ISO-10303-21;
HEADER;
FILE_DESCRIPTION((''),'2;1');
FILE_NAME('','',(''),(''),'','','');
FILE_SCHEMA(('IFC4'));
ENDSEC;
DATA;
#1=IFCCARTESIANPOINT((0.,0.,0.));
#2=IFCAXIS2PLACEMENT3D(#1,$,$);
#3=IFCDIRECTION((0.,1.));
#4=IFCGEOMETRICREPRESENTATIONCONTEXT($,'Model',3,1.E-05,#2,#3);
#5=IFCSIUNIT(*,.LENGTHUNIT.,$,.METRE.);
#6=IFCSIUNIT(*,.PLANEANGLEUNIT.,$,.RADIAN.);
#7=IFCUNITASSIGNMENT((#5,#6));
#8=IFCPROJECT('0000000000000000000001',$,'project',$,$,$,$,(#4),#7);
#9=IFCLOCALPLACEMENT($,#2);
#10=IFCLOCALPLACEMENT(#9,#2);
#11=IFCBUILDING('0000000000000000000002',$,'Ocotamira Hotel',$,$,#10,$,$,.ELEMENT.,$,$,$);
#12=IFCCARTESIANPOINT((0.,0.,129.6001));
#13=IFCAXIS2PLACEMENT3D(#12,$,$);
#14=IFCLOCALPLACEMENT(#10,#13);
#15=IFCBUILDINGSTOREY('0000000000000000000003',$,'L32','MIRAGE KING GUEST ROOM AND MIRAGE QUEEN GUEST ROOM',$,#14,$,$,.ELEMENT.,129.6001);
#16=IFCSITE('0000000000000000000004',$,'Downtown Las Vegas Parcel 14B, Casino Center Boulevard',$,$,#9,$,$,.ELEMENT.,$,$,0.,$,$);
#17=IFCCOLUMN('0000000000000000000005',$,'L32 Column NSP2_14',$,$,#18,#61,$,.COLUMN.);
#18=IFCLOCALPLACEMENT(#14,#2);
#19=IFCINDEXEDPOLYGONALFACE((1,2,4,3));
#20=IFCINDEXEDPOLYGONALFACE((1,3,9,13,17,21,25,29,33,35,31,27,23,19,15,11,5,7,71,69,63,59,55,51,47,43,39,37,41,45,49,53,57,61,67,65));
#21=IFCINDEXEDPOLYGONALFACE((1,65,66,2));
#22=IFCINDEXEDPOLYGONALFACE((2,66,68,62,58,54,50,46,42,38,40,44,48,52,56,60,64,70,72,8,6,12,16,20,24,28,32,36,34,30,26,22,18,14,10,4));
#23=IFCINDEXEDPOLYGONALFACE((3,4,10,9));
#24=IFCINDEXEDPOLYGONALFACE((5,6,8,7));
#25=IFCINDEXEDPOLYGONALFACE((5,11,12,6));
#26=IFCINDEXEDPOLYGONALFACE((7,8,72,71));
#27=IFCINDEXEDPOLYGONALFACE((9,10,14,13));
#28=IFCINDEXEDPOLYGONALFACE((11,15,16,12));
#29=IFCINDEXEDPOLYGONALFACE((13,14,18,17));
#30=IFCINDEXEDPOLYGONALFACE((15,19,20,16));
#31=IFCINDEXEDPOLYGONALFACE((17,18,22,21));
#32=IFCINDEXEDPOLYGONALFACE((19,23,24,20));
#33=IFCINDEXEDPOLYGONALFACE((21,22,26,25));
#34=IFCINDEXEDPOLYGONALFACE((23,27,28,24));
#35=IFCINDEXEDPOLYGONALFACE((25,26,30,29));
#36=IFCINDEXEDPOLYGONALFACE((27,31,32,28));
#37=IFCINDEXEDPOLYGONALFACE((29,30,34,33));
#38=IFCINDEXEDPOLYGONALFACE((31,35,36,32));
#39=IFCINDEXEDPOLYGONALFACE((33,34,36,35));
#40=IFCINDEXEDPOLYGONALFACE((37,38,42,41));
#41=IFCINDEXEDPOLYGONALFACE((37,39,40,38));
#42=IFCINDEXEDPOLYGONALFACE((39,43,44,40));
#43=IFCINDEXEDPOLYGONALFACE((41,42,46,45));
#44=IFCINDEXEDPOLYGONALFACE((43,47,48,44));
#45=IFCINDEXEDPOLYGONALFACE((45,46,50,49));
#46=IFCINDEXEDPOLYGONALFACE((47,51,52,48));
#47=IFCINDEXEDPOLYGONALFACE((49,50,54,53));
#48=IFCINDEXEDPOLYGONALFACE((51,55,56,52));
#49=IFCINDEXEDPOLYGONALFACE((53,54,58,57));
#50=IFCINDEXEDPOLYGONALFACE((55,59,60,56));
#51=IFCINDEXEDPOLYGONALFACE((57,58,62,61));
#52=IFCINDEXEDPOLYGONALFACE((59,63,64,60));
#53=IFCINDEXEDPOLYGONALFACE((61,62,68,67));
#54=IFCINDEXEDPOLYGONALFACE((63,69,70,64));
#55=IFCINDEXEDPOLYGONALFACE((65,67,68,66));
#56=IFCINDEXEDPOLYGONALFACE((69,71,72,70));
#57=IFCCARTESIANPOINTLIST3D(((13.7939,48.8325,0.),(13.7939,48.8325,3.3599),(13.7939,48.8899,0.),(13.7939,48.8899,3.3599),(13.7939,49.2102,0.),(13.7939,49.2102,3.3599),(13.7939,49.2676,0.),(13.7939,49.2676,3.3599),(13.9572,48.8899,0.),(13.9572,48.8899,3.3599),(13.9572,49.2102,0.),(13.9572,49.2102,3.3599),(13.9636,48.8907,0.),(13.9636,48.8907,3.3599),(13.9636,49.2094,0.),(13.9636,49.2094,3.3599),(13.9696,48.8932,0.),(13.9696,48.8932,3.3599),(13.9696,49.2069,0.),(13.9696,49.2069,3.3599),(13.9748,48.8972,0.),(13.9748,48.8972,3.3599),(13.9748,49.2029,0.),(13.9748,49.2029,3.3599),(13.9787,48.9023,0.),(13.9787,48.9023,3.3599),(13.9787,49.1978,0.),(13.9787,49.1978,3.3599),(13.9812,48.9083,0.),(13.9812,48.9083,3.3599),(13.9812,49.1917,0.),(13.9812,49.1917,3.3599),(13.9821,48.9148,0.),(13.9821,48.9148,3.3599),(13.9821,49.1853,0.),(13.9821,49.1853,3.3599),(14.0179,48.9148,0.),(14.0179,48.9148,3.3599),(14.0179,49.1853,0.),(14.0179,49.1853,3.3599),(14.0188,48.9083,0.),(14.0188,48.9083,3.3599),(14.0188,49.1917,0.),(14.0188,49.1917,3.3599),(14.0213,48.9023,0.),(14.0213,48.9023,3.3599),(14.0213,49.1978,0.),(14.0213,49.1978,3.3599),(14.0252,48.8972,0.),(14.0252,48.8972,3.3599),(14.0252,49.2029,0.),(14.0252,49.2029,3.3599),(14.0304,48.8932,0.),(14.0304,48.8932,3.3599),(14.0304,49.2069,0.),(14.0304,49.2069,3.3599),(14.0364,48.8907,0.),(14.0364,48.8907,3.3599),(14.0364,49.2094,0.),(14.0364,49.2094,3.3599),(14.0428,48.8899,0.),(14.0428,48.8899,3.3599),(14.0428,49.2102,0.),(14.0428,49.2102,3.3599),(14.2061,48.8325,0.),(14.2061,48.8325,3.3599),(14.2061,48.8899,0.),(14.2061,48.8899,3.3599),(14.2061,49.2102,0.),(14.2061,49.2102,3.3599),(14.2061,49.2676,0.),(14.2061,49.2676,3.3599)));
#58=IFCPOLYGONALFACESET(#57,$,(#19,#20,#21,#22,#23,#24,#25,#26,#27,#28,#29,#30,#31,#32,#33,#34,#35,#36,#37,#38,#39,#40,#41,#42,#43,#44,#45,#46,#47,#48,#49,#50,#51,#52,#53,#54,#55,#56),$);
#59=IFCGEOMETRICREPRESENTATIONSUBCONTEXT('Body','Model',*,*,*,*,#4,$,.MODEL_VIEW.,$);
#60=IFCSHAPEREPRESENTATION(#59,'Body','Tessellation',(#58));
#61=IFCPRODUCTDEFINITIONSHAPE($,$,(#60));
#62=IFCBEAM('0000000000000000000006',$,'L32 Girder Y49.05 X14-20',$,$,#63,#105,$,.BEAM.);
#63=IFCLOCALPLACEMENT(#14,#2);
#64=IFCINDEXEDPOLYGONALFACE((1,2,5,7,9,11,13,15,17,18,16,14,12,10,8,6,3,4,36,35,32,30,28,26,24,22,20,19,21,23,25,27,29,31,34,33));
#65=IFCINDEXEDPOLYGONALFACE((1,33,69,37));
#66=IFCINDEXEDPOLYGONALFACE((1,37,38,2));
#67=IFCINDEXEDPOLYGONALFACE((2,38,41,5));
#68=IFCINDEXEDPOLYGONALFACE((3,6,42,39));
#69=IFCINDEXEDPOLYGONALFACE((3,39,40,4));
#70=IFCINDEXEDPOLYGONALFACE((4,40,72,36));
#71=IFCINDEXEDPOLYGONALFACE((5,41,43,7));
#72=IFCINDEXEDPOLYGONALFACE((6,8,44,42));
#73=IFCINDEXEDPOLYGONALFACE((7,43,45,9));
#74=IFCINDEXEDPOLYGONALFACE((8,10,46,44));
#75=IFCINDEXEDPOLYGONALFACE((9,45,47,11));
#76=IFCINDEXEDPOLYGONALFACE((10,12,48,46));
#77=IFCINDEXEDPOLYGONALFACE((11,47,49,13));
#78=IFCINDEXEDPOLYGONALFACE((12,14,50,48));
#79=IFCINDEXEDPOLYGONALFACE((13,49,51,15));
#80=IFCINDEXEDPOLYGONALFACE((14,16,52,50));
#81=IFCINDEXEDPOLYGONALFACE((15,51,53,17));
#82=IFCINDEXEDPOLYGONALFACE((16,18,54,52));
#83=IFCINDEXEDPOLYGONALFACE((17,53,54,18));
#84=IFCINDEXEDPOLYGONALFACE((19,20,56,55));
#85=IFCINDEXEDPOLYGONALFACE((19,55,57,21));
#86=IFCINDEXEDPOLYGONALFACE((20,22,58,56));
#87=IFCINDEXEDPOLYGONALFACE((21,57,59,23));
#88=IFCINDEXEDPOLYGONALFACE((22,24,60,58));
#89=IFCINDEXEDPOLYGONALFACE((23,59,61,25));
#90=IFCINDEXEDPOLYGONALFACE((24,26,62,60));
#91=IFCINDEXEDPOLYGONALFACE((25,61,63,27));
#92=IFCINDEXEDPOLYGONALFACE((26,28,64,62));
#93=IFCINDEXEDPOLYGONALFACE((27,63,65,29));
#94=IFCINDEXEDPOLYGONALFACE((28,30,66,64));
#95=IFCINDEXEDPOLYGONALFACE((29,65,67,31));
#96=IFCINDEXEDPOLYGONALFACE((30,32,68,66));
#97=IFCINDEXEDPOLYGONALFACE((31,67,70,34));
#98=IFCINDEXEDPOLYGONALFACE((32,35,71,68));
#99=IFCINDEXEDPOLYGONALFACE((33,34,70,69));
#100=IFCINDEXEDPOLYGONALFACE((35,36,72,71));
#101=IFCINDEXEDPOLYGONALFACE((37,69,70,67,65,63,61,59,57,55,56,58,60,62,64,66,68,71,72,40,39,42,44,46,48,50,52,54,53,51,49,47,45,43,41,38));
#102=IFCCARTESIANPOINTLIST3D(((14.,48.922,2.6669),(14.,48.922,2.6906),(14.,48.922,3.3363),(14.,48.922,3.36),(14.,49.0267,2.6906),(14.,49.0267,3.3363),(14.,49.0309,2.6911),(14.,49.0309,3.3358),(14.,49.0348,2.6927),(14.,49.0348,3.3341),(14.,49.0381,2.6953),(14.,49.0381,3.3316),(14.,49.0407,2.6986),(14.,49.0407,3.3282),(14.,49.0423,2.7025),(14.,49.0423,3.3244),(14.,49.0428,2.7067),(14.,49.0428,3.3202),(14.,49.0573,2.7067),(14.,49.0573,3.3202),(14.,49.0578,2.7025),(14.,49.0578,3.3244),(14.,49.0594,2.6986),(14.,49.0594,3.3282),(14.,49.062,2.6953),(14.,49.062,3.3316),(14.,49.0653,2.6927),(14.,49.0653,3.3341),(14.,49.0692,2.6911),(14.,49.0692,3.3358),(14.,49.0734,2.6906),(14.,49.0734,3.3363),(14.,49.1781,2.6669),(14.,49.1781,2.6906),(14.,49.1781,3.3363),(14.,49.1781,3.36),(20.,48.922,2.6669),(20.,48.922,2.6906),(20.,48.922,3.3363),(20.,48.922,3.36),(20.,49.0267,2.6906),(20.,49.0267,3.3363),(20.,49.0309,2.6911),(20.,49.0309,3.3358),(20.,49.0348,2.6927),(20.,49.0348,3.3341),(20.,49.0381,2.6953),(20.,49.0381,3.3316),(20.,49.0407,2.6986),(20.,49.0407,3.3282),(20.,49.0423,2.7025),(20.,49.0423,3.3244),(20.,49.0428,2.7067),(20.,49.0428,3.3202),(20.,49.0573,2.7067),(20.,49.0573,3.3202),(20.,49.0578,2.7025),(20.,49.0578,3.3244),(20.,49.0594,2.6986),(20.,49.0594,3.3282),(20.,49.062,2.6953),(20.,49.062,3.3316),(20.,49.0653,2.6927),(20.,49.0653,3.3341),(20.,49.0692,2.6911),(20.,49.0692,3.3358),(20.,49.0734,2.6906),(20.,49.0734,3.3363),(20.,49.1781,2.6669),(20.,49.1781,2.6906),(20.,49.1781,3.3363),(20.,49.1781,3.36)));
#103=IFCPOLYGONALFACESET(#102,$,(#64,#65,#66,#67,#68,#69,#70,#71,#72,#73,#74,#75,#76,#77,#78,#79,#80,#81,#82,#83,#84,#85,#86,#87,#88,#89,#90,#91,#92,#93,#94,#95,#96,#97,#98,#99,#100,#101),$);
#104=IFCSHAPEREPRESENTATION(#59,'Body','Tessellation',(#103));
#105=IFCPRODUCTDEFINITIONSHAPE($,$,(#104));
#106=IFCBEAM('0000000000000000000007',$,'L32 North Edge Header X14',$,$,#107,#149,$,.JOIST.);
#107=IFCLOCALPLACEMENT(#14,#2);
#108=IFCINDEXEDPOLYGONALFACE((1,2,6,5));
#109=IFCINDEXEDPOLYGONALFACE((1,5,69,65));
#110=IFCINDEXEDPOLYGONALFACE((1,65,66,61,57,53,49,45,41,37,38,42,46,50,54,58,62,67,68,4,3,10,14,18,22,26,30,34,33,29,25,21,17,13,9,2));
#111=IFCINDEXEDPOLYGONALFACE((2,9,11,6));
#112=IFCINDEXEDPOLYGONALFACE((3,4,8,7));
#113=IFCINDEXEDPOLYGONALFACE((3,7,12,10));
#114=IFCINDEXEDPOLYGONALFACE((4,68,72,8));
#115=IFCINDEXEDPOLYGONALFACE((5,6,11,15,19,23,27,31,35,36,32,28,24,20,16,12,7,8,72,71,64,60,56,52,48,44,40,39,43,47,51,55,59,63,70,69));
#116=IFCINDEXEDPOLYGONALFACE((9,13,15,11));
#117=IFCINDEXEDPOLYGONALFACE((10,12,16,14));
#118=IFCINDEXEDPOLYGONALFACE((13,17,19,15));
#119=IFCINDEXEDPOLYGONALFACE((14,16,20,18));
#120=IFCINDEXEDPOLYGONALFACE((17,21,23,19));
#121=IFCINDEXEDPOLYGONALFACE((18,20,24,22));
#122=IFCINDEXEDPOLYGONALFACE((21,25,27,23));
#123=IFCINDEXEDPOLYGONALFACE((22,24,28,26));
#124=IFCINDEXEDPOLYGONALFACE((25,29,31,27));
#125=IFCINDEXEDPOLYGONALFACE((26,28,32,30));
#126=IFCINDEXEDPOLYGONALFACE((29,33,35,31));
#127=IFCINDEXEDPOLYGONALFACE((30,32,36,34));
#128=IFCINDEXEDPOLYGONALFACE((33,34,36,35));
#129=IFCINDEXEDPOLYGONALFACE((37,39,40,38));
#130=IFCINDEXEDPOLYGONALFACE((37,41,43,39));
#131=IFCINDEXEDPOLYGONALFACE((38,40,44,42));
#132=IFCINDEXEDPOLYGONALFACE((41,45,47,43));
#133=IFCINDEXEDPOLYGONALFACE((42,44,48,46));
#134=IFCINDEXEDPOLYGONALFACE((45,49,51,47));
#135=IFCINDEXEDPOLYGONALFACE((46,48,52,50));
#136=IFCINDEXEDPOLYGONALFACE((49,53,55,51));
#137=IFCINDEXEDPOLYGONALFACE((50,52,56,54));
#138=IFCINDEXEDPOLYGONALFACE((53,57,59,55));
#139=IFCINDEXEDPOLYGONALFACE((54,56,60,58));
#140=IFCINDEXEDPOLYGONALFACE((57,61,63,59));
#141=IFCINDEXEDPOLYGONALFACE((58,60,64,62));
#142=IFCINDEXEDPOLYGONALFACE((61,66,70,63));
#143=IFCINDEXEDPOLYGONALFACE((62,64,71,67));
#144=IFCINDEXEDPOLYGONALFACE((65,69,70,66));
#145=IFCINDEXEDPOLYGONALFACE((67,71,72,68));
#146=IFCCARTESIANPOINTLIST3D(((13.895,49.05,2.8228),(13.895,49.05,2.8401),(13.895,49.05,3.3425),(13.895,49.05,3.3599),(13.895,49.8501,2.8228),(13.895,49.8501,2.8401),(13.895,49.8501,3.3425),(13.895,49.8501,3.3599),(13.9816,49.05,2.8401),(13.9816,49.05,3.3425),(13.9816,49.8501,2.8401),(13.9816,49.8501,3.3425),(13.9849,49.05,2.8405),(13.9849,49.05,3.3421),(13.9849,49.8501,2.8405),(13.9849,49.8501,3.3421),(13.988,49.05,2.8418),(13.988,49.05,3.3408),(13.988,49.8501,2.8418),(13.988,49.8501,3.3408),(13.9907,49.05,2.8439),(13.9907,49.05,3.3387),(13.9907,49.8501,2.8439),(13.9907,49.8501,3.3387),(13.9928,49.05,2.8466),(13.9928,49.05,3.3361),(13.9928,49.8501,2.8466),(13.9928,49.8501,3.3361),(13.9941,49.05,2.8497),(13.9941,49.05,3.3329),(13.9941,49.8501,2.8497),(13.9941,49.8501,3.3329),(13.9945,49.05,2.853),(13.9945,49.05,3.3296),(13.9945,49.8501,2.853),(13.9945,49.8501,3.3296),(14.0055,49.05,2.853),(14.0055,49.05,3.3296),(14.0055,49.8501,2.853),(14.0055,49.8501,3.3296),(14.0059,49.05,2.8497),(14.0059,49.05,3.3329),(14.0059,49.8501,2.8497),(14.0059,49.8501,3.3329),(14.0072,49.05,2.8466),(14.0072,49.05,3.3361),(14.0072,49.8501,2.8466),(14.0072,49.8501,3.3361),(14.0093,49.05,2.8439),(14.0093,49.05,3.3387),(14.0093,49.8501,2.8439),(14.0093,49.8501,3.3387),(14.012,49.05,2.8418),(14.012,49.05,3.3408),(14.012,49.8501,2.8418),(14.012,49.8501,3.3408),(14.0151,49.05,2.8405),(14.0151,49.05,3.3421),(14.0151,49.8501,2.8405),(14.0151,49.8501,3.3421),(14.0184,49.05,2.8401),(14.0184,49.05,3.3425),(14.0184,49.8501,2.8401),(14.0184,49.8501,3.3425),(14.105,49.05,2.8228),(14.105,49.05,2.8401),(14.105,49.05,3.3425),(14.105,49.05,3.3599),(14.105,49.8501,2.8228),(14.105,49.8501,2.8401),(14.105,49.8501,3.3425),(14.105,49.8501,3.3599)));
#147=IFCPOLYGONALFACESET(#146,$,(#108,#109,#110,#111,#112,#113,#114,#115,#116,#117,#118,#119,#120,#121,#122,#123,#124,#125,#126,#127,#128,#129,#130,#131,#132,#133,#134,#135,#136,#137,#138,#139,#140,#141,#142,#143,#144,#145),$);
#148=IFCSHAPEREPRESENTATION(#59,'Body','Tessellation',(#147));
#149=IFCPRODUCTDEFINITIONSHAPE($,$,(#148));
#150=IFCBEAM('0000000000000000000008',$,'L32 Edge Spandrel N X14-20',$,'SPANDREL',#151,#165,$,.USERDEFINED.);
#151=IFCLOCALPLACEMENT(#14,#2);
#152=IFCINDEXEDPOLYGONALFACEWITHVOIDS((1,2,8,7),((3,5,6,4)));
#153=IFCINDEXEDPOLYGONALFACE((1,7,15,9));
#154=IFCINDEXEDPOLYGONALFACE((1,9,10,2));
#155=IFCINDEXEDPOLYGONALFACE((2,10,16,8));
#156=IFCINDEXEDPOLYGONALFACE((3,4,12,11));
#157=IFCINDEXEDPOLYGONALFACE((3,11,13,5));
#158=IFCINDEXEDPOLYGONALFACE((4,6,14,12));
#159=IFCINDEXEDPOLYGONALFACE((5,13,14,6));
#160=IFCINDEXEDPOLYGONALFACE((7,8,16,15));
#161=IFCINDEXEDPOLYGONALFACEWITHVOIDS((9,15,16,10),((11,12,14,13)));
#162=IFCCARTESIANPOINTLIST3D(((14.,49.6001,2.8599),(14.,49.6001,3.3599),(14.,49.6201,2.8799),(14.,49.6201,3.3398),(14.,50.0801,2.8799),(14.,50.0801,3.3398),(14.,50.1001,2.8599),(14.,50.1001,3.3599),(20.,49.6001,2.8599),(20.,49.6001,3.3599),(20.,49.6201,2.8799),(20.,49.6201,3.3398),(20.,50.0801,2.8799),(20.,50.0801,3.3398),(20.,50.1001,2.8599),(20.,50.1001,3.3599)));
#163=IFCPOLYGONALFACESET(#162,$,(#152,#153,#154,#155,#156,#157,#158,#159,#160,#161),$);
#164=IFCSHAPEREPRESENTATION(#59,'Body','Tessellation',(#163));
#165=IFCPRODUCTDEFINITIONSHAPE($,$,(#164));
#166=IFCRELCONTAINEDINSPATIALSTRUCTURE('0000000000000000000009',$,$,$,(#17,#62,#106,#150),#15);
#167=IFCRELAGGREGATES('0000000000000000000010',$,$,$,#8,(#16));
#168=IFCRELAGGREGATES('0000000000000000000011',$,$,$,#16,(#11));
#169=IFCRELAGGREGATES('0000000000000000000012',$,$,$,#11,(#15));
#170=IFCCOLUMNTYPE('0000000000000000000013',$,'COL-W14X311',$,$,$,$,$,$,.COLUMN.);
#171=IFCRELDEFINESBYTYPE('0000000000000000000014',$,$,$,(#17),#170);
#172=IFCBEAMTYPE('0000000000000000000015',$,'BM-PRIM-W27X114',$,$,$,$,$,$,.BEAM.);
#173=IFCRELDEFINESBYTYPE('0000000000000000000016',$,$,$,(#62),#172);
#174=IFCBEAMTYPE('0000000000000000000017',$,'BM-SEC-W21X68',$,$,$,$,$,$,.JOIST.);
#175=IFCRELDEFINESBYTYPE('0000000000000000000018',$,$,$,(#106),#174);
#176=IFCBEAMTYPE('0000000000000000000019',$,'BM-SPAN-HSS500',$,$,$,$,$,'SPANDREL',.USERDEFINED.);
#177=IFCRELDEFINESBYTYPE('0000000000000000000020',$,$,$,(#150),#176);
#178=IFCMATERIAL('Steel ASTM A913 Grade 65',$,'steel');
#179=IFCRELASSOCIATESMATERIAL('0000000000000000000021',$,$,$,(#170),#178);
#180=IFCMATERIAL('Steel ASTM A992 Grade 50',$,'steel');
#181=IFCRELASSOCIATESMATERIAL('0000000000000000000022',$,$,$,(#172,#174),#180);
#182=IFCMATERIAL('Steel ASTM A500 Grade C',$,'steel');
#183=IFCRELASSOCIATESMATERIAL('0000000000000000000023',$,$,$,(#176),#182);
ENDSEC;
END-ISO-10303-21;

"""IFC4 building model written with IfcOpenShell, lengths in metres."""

from ifc_helpers import new_model, si_unit, direction, frame, origin, origin_2d, place, context, subcontext, project, spatial, hollow_rectangle, i_section, extrude, source, transform, mapped, material, material_profile, profile_set, type_object, element, save


model = new_model("IFC4")

# Units and contexts
model_context = context("Model", 3, precision=1e-05, world=origin(), true_north=direction((0.0, 1.0)))
body_context = subcontext(model_context, "Body", "Model", "MODEL_VIEW")
ifc_project = project(units=[si_unit("LENGTHUNIT", "METRE"), si_unit("PLANEANGLEUNIT", "RADIAN")], contexts=[model_context])

# Site, building, storey
site_placement = place(None, origin())
site = spatial("IfcSite", under=ifc_project, at=site_placement, Name="Downtown Las Vegas Parcel 14B, Casino Center Boulevard", CompositionType="ELEMENT", RefElevation=0.0)
building_placement = place(site_placement, origin())
building = spatial("IfcBuilding", under=site, at=building_placement, Name="Ocotamira Hotel", CompositionType="ELEMENT")
storey_placement = place(building_placement, frame((0.0, 0.0, 129.6001)))
storey = spatial("IfcBuildingStorey", under=building, at=storey_placement, Name="L32", Description="MIRAGE KING GUEST ROOM AND MIRAGE QUEEN GUEST ROOM", CompositionType="ELEMENT", Elevation=129.6001)

# Column
ifc_material_1 = material(Name="Steel ASTM A913 Grade 65", Category="steel")
ifc_material_profile_1 = material_profile(ifc_material_1, i_section(OverallWidth=0.4121, OverallDepth=0.4351, WebThickness=0.0359, FlangeThickness=0.0574, FilletRadius=0.0249, at=origin_2d()), Name="W14X311")
ifc_profile_set_1 = profile_set([ifc_material_profile_1], Name="Steel ASTM A913 Grade 65")
column_type = type_object("IfcColumnType", Name="COL-W14X311", PredefinedType="COLUMN", material=ifc_profile_set_1)
shared_shape_1 = source(origin(), body_context, "Body", "SweptSolid", [
    extrude(i_section(OverallWidth=0.4121, OverallDepth=0.4351, WebThickness=0.0359, FlangeThickness=0.0574, FilletRadius=0.0249, at=origin_2d()), origin(), (0.0, 0.0, 1.0), 3.3599),
])
column_placement = place(storey_placement, frame((14.0, 49.05, 0.0), z_axis=(0.0, 0.0, 1.0), x_axis=(1.0, 0.0, 0.0)))
element("IfcColumn", 1, at=column_placement, inside=storey, type_object=column_type, Name="L32 Column NSP2_14", PredefinedType="COLUMN", context=body_context, shape_type="MappedRepresentation", body=[
    mapped(shared_shape_1, transform((0.0, 0.0, 0.0), scale=1.0)),
])

# Beams
ifc_material_2 = material(Name="Steel ASTM A992 Grade 50", Category="steel")
ifc_material_profile_2 = material_profile(ifc_material_2, i_section(OverallWidth=0.2561, OverallDepth=0.6931, WebThickness=0.0144, FlangeThickness=0.0237, FilletRadius=0.0161, at=origin_2d()), Name="W27X114")
ifc_profile_set_2 = profile_set([ifc_material_profile_2], Name="Steel ASTM A992 Grade 50")
beam_type_1 = type_object("IfcBeamType", Name="BM-PRIM-W27X114", PredefinedType="BEAM", material=ifc_profile_set_2)
shared_shape_2 = source(origin(), body_context, "Body", "SweptSolid", [
    extrude(i_section(OverallWidth=0.2561, OverallDepth=0.6931, WebThickness=0.0144, FlangeThickness=0.0237, FilletRadius=0.0161, at=origin_2d()), origin(), (0.0, 0.0, 1.0), 6.0),
])
beam_1_placement = place(storey_placement, frame((14.0, 49.05, 3.0134), z_axis=(1.0, 0.0, 0.0), x_axis=(0.0, 1.0, 0.0)))
element("IfcBeam", 2, at=beam_1_placement, inside=storey, type_object=beam_type_1, Name="L32 Girder Y49.05 X14-20", PredefinedType="BEAM", context=body_context, shape_type="MappedRepresentation", body=[
    mapped(shared_shape_2, transform((0.0, 0.0, 0.0), scale=1.0)),
])
ifc_material_profile_3 = material_profile(ifc_material_2, i_section(OverallWidth=0.21, OverallDepth=0.5371, WebThickness=0.011, FlangeThickness=0.0173, FilletRadius=0.0129, at=origin_2d()), Name="W21X68")
ifc_profile_set_3 = profile_set([ifc_material_profile_3], Name="Steel ASTM A992 Grade 50")
beam_type_2 = type_object("IfcBeamType", Name="BM-SEC-W21X68", PredefinedType="JOIST", material=ifc_profile_set_3)
shared_shape_3 = source(origin(), body_context, "Body", "SweptSolid", [
    extrude(i_section(OverallWidth=0.21, OverallDepth=0.5371, WebThickness=0.011, FlangeThickness=0.0173, FilletRadius=0.0129, at=origin_2d()), origin(), (0.0, 0.0, 1.0), 0.8),
])
beam_2_placement = place(storey_placement, frame((14.0, 49.05, 3.0913), z_axis=(0.0, 1.0, 0.0), x_axis=(-1.0, 0.0, 0.0)))
element("IfcBeam", 3, at=beam_2_placement, inside=storey, type_object=beam_type_2, Name="L32 North Edge Header X14", PredefinedType="JOIST", context=body_context, shape_type="MappedRepresentation", body=[
    mapped(shared_shape_3, transform((0.0, 0.0, 0.0), scale=1.0)),
])
ifc_material_3 = material(Name="Steel ASTM A500 Grade C", Category="steel")
ifc_material_profile_4 = material_profile(ifc_material_3, hollow_rectangle(XDim=0.5, YDim=0.5, WallThickness=0.02, at=origin_2d()), Name="HSS500X500X20")
ifc_profile_set_4 = profile_set([ifc_material_profile_4], Name="Steel ASTM A500 Grade C")
beam_type_3 = type_object("IfcBeamType", Name="BM-SPAN-HSS500", ElementType="SPANDREL", PredefinedType="USERDEFINED", material=ifc_profile_set_4)
shared_shape_4 = source(origin(), body_context, "Body", "SweptSolid", [
    extrude(hollow_rectangle(XDim=0.5, YDim=0.5, WallThickness=0.02, at=origin_2d()), origin(), (0.0, 0.0, 1.0), 6.0),
])
beam_3_placement = place(storey_placement, frame((14.0, 49.8501, 3.1099), z_axis=(1.0, 0.0, 0.0), x_axis=(0.0, 1.0, 0.0)))
element("IfcBeam", 4, at=beam_3_placement, inside=storey, type_object=beam_type_3, Name="L32 Edge Spandrel N X14-20", ObjectType="SPANDREL", PredefinedType="USERDEFINED", context=body_context, shape_type="MappedRepresentation", body=[
    mapped(shared_shape_4, transform((0.0, 0.0, 0.0), scale=1.0)),
])

save(model, "model.ifc")
